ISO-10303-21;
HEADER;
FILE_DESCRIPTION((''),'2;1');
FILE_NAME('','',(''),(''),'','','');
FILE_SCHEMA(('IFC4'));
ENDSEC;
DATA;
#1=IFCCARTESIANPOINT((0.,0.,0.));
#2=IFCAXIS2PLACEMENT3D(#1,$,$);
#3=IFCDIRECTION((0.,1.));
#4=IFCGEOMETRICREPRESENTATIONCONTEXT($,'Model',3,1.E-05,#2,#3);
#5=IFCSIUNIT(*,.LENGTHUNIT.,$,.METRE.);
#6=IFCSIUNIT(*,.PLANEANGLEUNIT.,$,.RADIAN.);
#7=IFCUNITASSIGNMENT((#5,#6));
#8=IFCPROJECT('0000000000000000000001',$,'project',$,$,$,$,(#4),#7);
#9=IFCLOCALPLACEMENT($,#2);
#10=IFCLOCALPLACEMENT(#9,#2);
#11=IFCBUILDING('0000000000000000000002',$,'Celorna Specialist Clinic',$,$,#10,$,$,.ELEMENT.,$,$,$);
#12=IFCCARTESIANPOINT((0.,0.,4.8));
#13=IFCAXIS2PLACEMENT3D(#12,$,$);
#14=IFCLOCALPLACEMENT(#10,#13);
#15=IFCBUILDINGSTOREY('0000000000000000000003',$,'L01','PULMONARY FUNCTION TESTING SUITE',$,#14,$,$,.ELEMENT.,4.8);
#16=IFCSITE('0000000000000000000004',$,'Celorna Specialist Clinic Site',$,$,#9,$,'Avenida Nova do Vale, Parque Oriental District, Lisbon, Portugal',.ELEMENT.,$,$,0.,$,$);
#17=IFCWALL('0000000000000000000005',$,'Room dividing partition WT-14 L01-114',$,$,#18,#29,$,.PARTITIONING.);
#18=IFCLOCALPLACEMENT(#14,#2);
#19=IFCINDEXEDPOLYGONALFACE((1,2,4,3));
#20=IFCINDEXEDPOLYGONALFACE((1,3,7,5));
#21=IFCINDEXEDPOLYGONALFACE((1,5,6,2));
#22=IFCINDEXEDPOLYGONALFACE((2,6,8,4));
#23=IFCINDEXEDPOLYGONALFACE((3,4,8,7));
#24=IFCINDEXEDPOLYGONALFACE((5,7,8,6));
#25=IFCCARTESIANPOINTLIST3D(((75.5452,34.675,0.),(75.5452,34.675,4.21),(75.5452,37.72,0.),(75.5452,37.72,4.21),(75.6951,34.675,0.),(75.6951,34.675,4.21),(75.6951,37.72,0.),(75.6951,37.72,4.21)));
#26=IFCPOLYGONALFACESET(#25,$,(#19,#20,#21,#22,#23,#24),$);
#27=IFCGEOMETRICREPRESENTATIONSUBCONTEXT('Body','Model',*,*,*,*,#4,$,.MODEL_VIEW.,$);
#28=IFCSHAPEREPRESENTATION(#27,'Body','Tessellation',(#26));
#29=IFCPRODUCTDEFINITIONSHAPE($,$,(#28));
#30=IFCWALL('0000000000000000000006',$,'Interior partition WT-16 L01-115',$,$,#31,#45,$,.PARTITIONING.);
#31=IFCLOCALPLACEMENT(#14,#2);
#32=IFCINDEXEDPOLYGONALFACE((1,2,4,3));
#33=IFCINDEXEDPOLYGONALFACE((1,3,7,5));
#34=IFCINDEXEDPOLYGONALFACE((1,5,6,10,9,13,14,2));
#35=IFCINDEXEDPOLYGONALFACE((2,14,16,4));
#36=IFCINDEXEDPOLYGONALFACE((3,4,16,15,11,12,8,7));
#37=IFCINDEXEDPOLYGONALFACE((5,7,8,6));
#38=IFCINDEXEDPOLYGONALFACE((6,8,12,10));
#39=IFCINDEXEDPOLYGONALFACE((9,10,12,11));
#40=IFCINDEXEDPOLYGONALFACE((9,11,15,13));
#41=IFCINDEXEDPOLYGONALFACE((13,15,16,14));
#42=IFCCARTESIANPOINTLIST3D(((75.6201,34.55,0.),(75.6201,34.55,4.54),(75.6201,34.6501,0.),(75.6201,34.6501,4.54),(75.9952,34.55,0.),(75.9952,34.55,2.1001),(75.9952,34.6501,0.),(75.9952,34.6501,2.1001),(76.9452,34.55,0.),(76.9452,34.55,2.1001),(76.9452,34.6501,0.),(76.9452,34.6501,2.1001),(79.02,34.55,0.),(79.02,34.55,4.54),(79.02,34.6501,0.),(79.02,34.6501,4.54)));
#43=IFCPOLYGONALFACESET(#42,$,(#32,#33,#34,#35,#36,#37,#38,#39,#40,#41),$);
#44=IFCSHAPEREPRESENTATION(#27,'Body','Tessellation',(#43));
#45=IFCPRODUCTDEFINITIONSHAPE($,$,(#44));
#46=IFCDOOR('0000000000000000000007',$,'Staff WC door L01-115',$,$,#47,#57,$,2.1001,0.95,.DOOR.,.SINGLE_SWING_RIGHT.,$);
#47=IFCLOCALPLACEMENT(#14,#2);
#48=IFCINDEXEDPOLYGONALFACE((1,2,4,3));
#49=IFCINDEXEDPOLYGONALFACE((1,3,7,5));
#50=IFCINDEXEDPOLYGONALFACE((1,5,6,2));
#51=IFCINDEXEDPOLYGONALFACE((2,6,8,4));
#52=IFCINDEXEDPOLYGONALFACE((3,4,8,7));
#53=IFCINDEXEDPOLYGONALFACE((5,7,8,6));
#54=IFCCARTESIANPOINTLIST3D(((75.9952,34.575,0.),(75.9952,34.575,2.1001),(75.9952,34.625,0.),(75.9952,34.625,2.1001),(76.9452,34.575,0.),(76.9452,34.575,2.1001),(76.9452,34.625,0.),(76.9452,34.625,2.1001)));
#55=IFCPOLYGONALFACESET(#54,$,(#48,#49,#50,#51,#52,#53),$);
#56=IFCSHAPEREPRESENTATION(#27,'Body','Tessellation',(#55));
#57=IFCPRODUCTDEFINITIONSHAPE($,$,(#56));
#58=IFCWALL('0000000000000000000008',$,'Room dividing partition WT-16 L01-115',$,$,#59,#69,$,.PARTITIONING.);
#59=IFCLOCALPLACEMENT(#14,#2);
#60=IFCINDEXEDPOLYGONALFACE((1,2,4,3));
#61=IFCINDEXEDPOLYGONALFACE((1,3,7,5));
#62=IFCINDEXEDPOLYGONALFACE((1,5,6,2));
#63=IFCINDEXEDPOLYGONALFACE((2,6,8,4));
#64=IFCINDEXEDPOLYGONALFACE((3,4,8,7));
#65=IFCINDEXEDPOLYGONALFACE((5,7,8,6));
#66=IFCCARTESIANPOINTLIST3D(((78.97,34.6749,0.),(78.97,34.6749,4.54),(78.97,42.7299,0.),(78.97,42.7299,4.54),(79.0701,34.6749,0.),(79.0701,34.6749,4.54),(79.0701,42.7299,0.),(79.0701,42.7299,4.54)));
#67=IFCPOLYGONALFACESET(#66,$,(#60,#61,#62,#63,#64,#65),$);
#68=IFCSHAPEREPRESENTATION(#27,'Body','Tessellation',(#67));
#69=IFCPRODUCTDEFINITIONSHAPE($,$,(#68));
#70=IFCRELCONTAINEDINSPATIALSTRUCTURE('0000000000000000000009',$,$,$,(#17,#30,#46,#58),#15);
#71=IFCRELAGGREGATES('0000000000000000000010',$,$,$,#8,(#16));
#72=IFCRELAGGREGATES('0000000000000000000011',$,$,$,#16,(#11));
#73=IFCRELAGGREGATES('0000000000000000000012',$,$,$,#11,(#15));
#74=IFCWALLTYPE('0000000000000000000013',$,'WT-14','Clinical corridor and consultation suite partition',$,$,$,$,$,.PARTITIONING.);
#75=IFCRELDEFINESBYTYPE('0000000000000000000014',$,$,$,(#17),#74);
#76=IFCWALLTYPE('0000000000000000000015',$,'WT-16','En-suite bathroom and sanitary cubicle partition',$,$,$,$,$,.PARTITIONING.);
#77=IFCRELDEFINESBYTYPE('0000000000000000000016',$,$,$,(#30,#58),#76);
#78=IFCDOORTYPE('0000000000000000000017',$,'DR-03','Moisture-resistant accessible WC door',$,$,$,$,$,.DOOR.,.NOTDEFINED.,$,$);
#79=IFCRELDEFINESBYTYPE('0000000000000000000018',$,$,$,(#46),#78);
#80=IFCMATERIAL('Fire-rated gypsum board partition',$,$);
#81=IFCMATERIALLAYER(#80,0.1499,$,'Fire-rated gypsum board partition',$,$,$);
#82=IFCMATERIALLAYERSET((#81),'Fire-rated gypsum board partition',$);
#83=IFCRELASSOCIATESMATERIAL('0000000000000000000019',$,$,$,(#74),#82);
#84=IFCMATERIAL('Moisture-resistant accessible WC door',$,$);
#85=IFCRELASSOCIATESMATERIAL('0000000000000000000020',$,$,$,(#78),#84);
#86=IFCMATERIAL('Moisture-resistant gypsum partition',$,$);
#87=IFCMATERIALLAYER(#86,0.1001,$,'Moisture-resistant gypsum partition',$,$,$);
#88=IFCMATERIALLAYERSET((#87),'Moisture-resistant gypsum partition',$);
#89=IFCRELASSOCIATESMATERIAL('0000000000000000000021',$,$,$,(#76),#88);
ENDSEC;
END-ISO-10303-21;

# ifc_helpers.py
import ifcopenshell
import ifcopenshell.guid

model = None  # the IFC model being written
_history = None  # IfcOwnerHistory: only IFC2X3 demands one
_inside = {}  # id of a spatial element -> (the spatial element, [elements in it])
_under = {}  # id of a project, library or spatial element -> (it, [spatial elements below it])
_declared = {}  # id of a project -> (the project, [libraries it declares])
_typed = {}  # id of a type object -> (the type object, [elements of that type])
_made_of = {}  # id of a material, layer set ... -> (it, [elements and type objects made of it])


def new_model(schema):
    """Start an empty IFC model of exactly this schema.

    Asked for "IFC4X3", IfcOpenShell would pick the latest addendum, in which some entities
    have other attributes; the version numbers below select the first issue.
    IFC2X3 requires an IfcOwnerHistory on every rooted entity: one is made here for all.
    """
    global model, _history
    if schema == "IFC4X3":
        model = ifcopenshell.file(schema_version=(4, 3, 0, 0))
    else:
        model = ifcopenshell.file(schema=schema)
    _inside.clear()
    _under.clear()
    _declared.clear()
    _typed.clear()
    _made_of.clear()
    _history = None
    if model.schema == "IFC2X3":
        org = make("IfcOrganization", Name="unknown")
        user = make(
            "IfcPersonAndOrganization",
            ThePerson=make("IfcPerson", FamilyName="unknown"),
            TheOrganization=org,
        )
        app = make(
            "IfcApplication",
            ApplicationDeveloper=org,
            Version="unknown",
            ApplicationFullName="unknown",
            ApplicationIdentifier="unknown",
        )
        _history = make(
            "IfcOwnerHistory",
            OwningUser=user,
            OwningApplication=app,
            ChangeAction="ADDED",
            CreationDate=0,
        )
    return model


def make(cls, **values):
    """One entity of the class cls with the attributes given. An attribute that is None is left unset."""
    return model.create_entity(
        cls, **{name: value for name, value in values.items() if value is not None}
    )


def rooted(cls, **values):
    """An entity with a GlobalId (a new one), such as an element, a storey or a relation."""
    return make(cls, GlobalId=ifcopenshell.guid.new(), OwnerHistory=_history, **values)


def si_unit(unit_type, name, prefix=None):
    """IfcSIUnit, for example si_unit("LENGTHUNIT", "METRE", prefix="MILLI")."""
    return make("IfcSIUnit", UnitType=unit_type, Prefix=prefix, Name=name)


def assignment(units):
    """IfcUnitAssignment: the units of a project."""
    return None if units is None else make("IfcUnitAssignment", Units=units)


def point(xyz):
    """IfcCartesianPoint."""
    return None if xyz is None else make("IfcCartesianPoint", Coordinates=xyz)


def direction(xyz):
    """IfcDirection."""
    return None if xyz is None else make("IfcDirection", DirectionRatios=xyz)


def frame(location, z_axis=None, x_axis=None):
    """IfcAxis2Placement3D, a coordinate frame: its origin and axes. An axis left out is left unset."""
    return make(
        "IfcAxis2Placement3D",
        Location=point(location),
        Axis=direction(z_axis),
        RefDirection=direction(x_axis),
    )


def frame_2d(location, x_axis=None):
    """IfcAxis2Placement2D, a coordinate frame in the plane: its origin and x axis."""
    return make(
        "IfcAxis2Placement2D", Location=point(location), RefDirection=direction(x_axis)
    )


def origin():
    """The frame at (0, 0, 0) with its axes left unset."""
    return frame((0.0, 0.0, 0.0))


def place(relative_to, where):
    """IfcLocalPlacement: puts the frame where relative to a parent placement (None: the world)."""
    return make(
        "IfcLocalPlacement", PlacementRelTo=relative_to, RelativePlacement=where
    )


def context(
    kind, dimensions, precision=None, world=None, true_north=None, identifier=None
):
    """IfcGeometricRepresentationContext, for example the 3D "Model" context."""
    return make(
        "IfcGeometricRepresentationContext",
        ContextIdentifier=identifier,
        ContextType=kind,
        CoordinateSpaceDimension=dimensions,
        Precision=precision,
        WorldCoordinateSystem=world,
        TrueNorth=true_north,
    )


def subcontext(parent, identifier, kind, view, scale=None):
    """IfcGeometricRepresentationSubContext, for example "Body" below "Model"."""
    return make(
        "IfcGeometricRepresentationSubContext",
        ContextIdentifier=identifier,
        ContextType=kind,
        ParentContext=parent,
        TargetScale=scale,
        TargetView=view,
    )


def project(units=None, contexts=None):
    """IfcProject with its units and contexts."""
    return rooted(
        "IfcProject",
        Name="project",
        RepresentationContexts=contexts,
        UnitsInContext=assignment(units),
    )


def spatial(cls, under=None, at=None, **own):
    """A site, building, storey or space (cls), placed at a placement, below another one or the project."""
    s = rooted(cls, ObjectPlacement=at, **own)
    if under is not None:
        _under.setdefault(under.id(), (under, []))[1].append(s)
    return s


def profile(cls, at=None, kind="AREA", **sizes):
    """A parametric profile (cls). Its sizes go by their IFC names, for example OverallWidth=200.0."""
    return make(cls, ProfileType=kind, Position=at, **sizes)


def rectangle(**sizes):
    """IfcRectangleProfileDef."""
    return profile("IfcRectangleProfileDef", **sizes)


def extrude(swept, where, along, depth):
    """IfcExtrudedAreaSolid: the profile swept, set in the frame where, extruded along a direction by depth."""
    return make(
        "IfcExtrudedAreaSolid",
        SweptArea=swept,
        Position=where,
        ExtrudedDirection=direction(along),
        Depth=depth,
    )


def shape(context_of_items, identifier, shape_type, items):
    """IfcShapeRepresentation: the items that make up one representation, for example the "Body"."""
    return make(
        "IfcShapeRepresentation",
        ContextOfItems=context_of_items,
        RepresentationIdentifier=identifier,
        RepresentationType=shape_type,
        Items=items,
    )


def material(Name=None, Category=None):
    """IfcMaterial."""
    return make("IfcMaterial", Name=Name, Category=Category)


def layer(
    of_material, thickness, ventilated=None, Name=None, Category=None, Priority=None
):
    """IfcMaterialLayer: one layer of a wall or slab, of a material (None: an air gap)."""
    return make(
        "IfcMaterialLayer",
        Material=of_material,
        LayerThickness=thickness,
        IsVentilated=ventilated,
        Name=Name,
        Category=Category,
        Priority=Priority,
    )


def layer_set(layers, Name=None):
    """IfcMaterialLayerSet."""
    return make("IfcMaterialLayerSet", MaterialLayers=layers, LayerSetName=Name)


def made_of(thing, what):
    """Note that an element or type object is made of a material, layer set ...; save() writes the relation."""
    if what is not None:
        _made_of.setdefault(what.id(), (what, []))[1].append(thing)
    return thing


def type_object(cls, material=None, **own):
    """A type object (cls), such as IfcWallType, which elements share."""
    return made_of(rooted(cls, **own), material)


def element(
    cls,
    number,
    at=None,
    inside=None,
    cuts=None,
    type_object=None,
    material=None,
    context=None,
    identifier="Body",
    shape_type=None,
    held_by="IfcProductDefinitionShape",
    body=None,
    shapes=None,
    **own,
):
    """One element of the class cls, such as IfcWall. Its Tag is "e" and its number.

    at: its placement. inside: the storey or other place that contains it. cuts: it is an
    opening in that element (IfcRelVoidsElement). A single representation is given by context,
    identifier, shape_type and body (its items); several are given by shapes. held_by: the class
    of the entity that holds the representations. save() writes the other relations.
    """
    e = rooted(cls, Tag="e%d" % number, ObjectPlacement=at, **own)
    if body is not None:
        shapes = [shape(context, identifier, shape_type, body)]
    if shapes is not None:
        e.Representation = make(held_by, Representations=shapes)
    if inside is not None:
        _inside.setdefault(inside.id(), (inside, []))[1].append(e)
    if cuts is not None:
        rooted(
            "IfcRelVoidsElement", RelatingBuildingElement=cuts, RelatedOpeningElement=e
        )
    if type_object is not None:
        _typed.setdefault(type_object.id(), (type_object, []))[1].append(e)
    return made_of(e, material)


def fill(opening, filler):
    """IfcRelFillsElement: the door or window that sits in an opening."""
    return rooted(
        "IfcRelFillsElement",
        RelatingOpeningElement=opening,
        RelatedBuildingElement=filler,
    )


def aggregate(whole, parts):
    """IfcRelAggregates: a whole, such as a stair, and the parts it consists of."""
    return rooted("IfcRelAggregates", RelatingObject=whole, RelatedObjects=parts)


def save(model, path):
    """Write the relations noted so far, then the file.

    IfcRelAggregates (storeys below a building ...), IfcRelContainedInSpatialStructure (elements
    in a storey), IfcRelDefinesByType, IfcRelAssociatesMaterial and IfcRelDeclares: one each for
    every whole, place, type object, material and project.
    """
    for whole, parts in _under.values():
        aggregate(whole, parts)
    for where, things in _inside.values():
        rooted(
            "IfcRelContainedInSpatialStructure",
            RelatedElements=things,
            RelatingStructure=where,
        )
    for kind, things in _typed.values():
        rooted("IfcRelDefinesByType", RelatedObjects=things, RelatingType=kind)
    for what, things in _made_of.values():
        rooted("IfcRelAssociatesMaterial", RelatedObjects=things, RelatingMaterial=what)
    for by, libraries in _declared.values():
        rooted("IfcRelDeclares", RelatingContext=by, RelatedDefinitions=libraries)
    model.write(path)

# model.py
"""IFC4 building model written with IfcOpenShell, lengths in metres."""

from ifc_helpers import new_model, si_unit, direction, frame, frame_2d, origin, place, context, subcontext, project, spatial, rectangle, extrude, material, layer, layer_set, type_object, element, fill, save


model = new_model("IFC4")

# Units and contexts
model_context = context("Model", 3, precision=1e-05, world=origin(), true_north=direction((0.0, 1.0)))
body_context = subcontext(model_context, "Body", "Model", "MODEL_VIEW")
ifc_project = project(units=[si_unit("LENGTHUNIT", "METRE"), si_unit("PLANEANGLEUNIT", "RADIAN")], contexts=[model_context])

# Site, building, storey
site_placement = place(None, origin())
site = spatial("IfcSite", under=ifc_project, at=site_placement, Name="Celorna Specialist Clinic Site", LongName="Avenida Nova do Vale, Parque Oriental District, Lisbon, Portugal", CompositionType="ELEMENT", RefElevation=0.0)
building_placement = place(site_placement, origin())
building = spatial("IfcBuilding", under=site, at=building_placement, Name="Celorna Specialist Clinic", CompositionType="ELEMENT")
storey_placement = place(building_placement, frame((0.0, 0.0, 4.8)))
storey = spatial("IfcBuildingStorey", under=building, at=storey_placement, Name="L01", Description="PULMONARY FUNCTION TESTING SUITE", CompositionType="ELEMENT", Elevation=4.8)

# Shared definitions
ifc_material_1 = material(Name="Fire-rated gypsum board partition")
ifc_layer_1 = layer(ifc_material_1, 0.1499, Name="Fire-rated gypsum board partition")
ifc_layer_set_1 = layer_set([ifc_layer_1], Name="Fire-rated gypsum board partition")
wall_type_1 = type_object("IfcWallType", Name="WT-14", Description="Clinical corridor and consultation suite partition", PredefinedType="PARTITIONING", material=ifc_layer_set_1)

# Shared definitions
ifc_material_2 = material(Name="Moisture-resistant accessible WC door")
door_type_1 = type_object("IfcDoorType", Name="DR-03", Description="Moisture-resistant accessible WC door", OperationType="NOTDEFINED", PredefinedType="DOOR", material=ifc_material_2)

# Wall
wall_1_placement = place(storey_placement, frame((75.6201, 34.675, 0.0), z_axis=(0.0, 0.0, 1.0), x_axis=(0.0, 1.0, 0.0)))
element("IfcWall", 1, at=wall_1_placement, inside=storey, type_object=wall_type_1, Name="Room dividing partition WT-14 L01-114", PredefinedType="PARTITIONING", context=body_context, shape_type="SweptSolid", body=[
    extrude(rectangle(XDim=3.0449, YDim=0.1499, at=frame_2d((1.5225, 0.0))), origin(), (0.0, 0.0, 1.0), 4.21),
])

# Wall, opening, door
ifc_material_3 = material(Name="Moisture-resistant gypsum partition")
ifc_layer_2 = layer(ifc_material_3, 0.1001, Name="Moisture-resistant gypsum partition")
ifc_layer_set_2 = layer_set([ifc_layer_2], Name="Moisture-resistant gypsum partition")
wall_type_2 = type_object("IfcWallType", Name="WT-16", Description="En-suite bathroom and sanitary cubicle partition", PredefinedType="PARTITIONING", material=ifc_layer_set_2)
wall_2_placement = place(storey_placement, frame((75.6201, 34.6001, 0.0), z_axis=(0.0, 0.0, 1.0), x_axis=(1.0, 0.0, 0.0)))
wall_2 = element("IfcWall", 2, at=wall_2_placement, inside=storey, type_object=wall_type_2, Name="Interior partition WT-16 L01-115", PredefinedType="PARTITIONING", context=body_context, shape_type="SweptSolid", body=[
    extrude(rectangle(XDim=3.3999, YDim=0.1001, at=frame_2d((1.7, 0.0))), origin(), (0.0, 0.0, 1.0), 4.54),
])
opening_1_placement = place(wall_2_placement, frame((0.375, 0.0, 0.0)))
opening_1 = element("IfcOpeningElement", 3, at=opening_1_placement, cuts=wall_2, PredefinedType="OPENING", context=body_context, shape_type="SweptSolid", body=[
    extrude(rectangle(XDim=0.95, YDim=2.1001, at=frame_2d((0.4751, 1.05))), frame((0.0, 0.0601, 0.0), z_axis=(0.0, -1.0, 0.0), x_axis=(1.0, 0.0, 0.0)), (0.0, 0.0, 1.0), 0.1201),
])
door_1_placement = place(opening_1_placement, origin())
door_1 = element("IfcDoor", 4, at=door_1_placement, inside=storey, type_object=door_type_1, Name="Staff WC door L01-115", OperationType="SINGLE_SWING_RIGHT", OverallHeight=2.1001, OverallWidth=0.95, PredefinedType="DOOR", context=body_context, shape_type="SweptSolid", body=[
    extrude(rectangle(XDim=0.95, YDim=2.1001, at=frame_2d((0.4751, 1.05))), frame((0.0, 0.0249, 0.0), z_axis=(0.0, -1.0, 0.0), x_axis=(1.0, 0.0, 0.0)), (0.0, 0.0, 1.0), 0.05),
])
fill(opening_1, door_1)

# Wall
wall_3_placement = place(storey_placement, frame((79.02, 34.675, 0.0), z_axis=(0.0, 0.0, 1.0), x_axis=(0.0, 1.0, 0.0)))
element("IfcWall", 5, at=wall_3_placement, inside=storey, type_object=wall_type_2, Name="Room dividing partition WT-16 L01-115", PredefinedType="PARTITIONING", context=body_context, shape_type="SweptSolid", body=[
    extrude(rectangle(XDim=8.0549, YDim=0.1001, at=frame_2d((4.0273, 0.0))), origin(), (0.0, 0.0, 1.0), 4.54),
])

save(model, "model.ifc")
